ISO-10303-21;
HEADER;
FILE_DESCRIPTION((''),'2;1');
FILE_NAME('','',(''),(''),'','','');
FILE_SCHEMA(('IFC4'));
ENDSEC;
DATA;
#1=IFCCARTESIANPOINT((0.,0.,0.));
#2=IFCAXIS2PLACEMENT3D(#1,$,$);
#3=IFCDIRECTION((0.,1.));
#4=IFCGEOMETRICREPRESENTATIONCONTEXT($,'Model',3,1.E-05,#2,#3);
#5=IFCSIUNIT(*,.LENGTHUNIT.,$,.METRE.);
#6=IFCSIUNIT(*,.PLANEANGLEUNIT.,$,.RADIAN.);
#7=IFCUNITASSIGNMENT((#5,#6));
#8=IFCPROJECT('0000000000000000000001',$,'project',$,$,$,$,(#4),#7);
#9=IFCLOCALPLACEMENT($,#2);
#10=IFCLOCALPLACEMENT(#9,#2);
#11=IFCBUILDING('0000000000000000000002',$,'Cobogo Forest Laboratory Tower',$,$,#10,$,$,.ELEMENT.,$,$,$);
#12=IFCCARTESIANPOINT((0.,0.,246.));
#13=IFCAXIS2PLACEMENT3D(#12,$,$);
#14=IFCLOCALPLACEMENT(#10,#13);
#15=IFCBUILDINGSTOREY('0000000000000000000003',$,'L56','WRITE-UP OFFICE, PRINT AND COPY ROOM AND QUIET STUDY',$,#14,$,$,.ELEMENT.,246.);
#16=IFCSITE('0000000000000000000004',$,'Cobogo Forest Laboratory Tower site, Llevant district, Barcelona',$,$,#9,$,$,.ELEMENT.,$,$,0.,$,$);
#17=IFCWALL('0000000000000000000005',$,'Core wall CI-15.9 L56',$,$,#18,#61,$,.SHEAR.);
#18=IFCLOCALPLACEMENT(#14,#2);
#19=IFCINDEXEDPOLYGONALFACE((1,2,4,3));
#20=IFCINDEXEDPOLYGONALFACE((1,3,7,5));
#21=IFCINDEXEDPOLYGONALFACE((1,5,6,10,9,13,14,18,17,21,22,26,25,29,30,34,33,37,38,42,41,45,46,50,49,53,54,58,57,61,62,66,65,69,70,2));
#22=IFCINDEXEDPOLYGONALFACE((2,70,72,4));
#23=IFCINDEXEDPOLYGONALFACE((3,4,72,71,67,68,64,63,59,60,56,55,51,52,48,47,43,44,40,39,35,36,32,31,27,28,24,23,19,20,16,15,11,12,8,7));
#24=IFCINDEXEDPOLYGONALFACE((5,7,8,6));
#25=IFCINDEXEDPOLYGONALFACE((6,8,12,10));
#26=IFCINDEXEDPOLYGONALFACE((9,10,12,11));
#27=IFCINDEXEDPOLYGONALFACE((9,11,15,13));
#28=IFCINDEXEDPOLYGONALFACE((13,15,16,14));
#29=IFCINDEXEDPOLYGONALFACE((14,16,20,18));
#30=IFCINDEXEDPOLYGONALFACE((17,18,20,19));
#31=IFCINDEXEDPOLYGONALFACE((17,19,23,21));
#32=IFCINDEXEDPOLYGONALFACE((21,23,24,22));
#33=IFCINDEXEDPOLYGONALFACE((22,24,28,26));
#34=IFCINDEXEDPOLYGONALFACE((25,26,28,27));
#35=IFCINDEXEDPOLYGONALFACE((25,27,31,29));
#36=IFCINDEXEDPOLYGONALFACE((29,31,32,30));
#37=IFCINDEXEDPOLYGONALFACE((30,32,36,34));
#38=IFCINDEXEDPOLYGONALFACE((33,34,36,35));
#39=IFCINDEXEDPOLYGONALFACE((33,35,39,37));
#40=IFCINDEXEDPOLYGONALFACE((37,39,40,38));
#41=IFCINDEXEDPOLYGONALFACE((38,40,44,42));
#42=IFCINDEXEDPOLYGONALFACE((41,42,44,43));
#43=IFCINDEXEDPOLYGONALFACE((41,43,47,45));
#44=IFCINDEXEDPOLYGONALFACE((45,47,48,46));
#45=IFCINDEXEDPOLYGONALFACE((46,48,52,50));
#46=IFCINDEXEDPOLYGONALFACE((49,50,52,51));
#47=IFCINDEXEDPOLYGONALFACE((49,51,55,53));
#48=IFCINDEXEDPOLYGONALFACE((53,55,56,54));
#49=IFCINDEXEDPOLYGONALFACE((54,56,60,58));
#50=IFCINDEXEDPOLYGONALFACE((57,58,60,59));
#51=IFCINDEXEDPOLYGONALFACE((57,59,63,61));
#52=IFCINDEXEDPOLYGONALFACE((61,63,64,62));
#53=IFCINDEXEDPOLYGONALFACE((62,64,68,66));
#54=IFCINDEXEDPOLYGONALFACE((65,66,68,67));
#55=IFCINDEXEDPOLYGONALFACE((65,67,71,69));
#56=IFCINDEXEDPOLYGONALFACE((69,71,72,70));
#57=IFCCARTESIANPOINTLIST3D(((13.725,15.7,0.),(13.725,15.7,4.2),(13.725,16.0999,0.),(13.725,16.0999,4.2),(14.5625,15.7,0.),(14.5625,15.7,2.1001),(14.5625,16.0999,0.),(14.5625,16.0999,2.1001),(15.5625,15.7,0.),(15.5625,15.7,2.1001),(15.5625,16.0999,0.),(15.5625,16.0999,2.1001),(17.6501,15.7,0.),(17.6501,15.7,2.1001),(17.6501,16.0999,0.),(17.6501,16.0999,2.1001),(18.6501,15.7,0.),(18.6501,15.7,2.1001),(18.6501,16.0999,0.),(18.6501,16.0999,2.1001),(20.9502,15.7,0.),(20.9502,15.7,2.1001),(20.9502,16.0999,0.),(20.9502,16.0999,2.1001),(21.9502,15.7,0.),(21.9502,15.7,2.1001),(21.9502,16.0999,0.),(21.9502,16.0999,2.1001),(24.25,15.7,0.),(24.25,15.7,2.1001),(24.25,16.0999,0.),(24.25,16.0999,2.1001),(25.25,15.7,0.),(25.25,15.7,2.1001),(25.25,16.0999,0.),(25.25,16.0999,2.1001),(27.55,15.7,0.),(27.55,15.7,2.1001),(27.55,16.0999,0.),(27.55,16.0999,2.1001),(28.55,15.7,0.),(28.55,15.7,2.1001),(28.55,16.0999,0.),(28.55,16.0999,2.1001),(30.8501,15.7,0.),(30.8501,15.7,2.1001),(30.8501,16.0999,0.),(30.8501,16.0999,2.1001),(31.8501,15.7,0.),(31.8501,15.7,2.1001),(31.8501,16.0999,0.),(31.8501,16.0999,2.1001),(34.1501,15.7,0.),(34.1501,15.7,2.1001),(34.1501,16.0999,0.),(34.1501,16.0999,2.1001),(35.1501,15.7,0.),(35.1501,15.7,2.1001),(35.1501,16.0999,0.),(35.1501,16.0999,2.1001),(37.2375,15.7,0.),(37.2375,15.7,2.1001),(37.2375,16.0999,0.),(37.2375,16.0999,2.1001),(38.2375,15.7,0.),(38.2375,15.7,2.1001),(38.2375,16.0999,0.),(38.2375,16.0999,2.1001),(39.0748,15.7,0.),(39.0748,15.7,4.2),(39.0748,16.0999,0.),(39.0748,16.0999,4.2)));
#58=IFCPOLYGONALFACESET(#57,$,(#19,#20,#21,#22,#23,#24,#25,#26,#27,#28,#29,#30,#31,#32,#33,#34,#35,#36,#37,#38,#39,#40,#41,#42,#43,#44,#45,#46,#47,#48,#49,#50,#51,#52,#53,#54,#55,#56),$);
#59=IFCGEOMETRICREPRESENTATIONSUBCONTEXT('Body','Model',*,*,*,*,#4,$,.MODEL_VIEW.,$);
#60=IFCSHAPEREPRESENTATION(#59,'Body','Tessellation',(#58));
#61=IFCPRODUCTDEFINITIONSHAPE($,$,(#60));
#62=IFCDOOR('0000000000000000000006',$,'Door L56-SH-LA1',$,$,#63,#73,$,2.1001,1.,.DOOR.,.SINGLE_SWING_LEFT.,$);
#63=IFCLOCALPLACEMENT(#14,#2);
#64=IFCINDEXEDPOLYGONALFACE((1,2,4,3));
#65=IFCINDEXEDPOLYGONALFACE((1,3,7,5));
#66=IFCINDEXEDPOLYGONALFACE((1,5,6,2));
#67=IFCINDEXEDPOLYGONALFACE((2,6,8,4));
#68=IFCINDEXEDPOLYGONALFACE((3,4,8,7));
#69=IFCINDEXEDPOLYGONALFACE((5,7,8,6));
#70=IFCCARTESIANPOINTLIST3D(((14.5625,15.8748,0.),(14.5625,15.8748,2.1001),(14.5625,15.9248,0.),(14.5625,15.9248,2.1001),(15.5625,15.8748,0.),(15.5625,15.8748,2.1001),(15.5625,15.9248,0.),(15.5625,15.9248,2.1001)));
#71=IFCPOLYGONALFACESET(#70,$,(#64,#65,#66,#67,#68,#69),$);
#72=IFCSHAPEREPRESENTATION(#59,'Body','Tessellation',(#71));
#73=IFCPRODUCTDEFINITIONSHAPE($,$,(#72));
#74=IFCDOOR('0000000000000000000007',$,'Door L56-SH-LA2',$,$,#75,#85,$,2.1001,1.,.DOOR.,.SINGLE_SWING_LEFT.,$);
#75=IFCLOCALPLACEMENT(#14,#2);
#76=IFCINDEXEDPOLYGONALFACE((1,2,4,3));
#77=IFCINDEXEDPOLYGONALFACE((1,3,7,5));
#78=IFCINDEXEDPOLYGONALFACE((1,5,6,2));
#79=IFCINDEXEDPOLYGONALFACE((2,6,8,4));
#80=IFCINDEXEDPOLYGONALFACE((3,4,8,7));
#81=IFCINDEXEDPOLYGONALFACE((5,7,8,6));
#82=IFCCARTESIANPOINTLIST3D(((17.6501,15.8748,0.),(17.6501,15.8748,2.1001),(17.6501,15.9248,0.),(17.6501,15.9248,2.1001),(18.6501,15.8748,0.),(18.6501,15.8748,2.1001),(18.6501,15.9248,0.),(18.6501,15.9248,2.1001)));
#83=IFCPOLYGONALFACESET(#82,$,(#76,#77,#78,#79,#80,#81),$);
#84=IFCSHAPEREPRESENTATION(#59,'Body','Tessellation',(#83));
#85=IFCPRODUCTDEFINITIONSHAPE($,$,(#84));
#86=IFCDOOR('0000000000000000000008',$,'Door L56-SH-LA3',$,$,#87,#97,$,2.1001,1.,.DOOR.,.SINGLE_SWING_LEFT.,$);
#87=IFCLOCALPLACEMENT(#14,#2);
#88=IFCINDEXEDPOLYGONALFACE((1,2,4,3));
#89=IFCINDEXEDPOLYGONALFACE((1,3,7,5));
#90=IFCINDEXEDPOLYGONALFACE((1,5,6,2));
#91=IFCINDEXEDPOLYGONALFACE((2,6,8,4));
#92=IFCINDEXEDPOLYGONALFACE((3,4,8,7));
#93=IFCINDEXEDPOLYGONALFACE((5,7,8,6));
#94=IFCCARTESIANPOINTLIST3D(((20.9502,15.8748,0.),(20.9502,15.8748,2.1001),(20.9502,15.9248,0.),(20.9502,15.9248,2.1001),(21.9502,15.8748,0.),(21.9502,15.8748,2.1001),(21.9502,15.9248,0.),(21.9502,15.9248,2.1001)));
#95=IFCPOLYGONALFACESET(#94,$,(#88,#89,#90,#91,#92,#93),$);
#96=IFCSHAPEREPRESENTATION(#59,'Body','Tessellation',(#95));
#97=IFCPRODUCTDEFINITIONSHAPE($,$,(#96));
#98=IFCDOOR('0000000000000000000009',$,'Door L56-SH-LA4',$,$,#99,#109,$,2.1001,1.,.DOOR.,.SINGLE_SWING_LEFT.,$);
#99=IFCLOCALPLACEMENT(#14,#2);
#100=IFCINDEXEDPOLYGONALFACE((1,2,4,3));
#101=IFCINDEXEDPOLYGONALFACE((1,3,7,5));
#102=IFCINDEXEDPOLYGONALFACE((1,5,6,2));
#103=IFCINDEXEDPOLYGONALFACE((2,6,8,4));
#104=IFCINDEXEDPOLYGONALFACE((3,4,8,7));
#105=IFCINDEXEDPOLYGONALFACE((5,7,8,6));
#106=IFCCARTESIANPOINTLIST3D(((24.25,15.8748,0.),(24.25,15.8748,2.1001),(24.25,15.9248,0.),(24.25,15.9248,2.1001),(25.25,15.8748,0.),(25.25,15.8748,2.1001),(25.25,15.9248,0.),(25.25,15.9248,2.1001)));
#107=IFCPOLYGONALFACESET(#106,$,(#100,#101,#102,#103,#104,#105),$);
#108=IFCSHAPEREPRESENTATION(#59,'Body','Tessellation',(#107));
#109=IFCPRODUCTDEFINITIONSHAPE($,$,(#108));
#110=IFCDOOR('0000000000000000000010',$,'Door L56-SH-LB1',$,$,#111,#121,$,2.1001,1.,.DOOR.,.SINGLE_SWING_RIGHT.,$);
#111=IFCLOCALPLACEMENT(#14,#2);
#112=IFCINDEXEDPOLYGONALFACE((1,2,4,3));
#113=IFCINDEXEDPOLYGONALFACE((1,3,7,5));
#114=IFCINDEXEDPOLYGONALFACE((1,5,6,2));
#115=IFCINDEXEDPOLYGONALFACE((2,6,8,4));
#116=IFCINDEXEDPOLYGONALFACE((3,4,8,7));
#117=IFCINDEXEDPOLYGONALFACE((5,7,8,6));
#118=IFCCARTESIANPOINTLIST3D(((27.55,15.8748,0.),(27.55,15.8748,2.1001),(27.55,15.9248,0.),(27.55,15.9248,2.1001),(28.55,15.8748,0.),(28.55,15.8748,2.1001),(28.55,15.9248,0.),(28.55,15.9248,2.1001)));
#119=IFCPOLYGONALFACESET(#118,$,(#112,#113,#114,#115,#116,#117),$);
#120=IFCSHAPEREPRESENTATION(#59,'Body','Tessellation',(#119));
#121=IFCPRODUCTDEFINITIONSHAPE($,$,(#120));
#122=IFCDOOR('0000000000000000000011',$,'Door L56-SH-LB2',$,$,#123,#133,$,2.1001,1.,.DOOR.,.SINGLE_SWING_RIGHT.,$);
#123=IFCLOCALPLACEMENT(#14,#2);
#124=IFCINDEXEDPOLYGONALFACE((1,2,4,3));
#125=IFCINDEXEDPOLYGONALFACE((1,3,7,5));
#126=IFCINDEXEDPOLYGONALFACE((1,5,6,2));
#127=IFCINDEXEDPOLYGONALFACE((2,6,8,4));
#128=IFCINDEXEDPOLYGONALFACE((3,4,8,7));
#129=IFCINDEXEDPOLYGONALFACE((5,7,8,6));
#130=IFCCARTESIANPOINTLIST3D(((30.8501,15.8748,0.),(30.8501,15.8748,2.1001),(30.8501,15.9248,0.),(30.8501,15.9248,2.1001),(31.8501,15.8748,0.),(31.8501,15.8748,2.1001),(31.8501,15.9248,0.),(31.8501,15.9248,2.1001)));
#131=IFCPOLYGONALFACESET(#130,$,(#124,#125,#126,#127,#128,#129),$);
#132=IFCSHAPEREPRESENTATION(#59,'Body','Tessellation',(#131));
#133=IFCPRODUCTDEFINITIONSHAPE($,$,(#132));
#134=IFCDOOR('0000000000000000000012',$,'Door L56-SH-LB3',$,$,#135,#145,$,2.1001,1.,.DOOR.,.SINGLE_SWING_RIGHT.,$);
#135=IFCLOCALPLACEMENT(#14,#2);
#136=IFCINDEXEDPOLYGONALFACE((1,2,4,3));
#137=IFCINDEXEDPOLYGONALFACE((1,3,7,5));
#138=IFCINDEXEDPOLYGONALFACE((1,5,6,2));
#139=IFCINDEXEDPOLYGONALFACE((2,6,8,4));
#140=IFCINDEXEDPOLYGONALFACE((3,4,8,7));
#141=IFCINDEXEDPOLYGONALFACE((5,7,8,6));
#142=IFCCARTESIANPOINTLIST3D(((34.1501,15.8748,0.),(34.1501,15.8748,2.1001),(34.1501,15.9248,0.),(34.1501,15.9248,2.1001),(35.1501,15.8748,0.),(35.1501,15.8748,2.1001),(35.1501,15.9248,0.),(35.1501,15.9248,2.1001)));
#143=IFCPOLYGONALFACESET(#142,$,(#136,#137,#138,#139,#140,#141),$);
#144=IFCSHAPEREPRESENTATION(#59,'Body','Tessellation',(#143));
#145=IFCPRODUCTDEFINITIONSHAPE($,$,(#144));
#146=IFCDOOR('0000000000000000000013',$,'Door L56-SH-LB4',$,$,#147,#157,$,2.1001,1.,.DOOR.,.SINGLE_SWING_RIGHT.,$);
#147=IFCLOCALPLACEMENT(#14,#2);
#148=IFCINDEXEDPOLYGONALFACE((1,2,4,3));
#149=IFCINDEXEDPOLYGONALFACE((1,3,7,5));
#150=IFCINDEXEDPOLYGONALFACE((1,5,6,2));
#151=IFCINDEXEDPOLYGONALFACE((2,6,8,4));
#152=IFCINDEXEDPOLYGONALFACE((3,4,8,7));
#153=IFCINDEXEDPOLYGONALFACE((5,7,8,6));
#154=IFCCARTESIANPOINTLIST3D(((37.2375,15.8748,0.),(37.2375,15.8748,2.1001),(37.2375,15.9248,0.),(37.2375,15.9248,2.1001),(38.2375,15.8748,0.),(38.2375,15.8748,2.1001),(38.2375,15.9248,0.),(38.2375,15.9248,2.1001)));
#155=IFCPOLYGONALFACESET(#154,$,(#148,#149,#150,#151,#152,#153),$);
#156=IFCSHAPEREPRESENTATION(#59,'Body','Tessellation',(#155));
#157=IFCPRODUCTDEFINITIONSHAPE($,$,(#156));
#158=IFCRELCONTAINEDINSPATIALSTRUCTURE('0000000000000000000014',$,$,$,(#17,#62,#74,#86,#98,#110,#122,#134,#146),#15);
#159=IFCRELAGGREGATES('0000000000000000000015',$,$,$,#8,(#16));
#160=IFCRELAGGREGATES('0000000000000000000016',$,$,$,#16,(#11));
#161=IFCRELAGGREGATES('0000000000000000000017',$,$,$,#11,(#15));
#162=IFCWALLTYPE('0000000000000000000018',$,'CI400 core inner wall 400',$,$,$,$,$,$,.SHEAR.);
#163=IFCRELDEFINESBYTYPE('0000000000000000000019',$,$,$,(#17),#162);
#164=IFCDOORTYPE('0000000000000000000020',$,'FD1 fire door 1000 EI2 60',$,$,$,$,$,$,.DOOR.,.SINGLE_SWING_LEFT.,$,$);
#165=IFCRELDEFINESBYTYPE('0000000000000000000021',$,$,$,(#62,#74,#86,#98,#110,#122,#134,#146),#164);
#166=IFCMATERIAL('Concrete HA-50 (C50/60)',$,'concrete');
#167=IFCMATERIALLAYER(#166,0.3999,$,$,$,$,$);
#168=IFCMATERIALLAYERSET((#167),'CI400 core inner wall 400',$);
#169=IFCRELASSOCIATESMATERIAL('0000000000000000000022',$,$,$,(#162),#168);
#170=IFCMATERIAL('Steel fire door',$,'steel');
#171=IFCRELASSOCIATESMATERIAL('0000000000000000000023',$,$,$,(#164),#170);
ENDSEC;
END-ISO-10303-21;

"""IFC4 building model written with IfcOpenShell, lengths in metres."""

from ifc_helpers import new_model, si_unit, direction, frame, frame_2d, origin, place, context, subcontext, project, spatial, rectangle, extrude, material, layer, layer_set, type_object, element, fill, save


model = new_model("IFC4")

# Units and contexts
model_context = context("Model", 3, precision=1e-05, world=origin(), true_north=direction((0.0, 1.0)))
body_context = subcontext(model_context, "Body", "Model", "MODEL_VIEW")
ifc_project = project(units=[si_unit("LENGTHUNIT", "METRE"), si_unit("PLANEANGLEUNIT", "RADIAN")], contexts=[model_context])

# Site, building, storey
site_placement = place(None, origin())
site = spatial("IfcSite", under=ifc_project, at=site_placement, Name="Cobogo Forest Laboratory Tower site, Llevant district, Barcelona", CompositionType="ELEMENT", RefElevation=0.0)
building_placement = place(site_placement, origin())
building = spatial("IfcBuilding", under=site, at=building_placement, Name="Cobogo Forest Laboratory Tower", CompositionType="ELEMENT")
storey_placement = place(building_placement, frame((0.0, 0.0, 246.0)))
storey = spatial("IfcBuildingStorey", under=building, at=storey_placement, Name="L56", Description="WRITE-UP OFFICE, PRINT AND COPY ROOM AND QUIET STUDY", CompositionType="ELEMENT", Elevation=246.0)

# Wall, openings, doors
ifc_material_1 = material(Name="Concrete HA-50 (C50/60)", Category="concrete")
ifc_layer_1 = layer(ifc_material_1, 0.3999)
ifc_layer_set_1 = layer_set([ifc_layer_1], Name="CI400 core inner wall 400")
wall_type_1 = type_object("IfcWallType", Name="CI400 core inner wall 400", PredefinedType="SHEAR", material=ifc_layer_set_1)
wall_1_placement = place(storey_placement, frame((13.7251, 15.8999, 0.0), z_axis=(0.0, 0.0, 1.0), x_axis=(1.0, 0.0, 0.0)))
wall_1 = element("IfcWall", 1, at=wall_1_placement, inside=storey, type_object=wall_type_1, Name="Core wall CI-15.9 L56", PredefinedType="SHEAR", context=body_context, shape_type="SweptSolid", body=[
    extrude(rectangle(XDim=25.3499, YDim=0.3999, at=frame_2d((12.6748, 0.0))), origin(), (0.0, 0.0, 1.0), 4.2),
])
opening_1_placement = place(wall_1_placement, frame((0.8374, 0.0, 0.0)))
opening_1 = element("IfcOpeningElement", 2, at=opening_1_placement, cuts=wall_1, PredefinedType="OPENING", context=body_context, shape_type="SweptSolid", body=[
    extrude(rectangle(XDim=1.0, YDim=2.1001, at=frame_2d((0.5, 1.05))), frame((0.0, 0.21, 0.0), z_axis=(0.0, -1.0, 0.0), x_axis=(1.0, 0.0, 0.0)), (0.0, 0.0, 1.0), 0.4199),
])
opening_2_placement = place(wall_1_placement, frame((3.925, 0.0, 0.0)))
opening_2 = element("IfcOpeningElement", 3, at=opening_2_placement, cuts=wall_1, PredefinedType="OPENING", context=body_context, shape_type="SweptSolid", body=[
    extrude(rectangle(XDim=1.0, YDim=2.1001, at=frame_2d((0.5, 1.05))), frame((0.0, 0.21, 0.0), z_axis=(0.0, -1.0, 0.0), x_axis=(1.0, 0.0, 0.0)), (0.0, 0.0, 1.0), 0.4199),
])
opening_3_placement = place(wall_1_placement, frame((7.2251, 0.0, 0.0)))
opening_3 = element("IfcOpeningElement", 4, at=opening_3_placement, cuts=wall_1, PredefinedType="OPENING", context=body_context, shape_type="SweptSolid", body=[
    extrude(rectangle(XDim=1.0, YDim=2.1001, at=frame_2d((0.5, 1.05))), frame((0.0, 0.21, 0.0), z_axis=(0.0, -1.0, 0.0), x_axis=(1.0, 0.0, 0.0)), (0.0, 0.0, 1.0), 0.4199),
])
opening_4_placement = place(wall_1_placement, frame((10.5249, 0.0, 0.0)))
opening_4 = element("IfcOpeningElement", 5, at=opening_4_placement, cuts=wall_1, PredefinedType="OPENING", context=body_context, shape_type="SweptSolid", body=[
    extrude(rectangle(XDim=1.0, YDim=2.1001, at=frame_2d((0.5, 1.05))), frame((0.0, 0.21, 0.0), z_axis=(0.0, -1.0, 0.0), x_axis=(1.0, 0.0, 0.0)), (0.0, 0.0, 1.0), 0.4199),
])
opening_5_placement = place(wall_1_placement, frame((13.825, 0.0, 0.0)))
opening_5 = element("IfcOpeningElement", 6, at=opening_5_placement, cuts=wall_1, PredefinedType="OPENING", context=body_context, shape_type="SweptSolid", body=[
    extrude(rectangle(XDim=1.0, YDim=2.1001, at=frame_2d((0.5, 1.05))), frame((0.0, 0.21, 0.0), z_axis=(0.0, -1.0, 0.0), x_axis=(1.0, 0.0, 0.0)), (0.0, 0.0, 1.0), 0.4199),
])
opening_6_placement = place(wall_1_placement, frame((17.125, 0.0, 0.0)))
opening_6 = element("IfcOpeningElement", 7, at=opening_6_placement, cuts=wall_1, PredefinedType="OPENING", context=body_context, shape_type="SweptSolid", body=[
    extrude(rectangle(XDim=1.0, YDim=2.1001, at=frame_2d((0.5, 1.05))), frame((0.0, 0.21, 0.0), z_axis=(0.0, -1.0, 0.0), x_axis=(1.0, 0.0, 0.0)), (0.0, 0.0, 1.0), 0.4199),
])
opening_7_placement = place(wall_1_placement, frame((20.425, 0.0, 0.0)))
opening_7 = element("IfcOpeningElement", 8, at=opening_7_placement, cuts=wall_1, PredefinedType="OPENING", context=body_context, shape_type="SweptSolid", body=[
    extrude(rectangle(XDim=1.0, YDim=2.1001, at=frame_2d((0.5, 1.05))), frame((0.0, 0.21, 0.0), z_axis=(0.0, -1.0, 0.0), x_axis=(1.0, 0.0, 0.0)), (0.0, 0.0, 1.0), 0.4199),
])
opening_8_placement = place(wall_1_placement, frame((23.5125, 0.0, 0.0)))
opening_8 = element("IfcOpeningElement", 9, at=opening_8_placement, cuts=wall_1, PredefinedType="OPENING", context=body_context, shape_type="SweptSolid", body=[
    extrude(rectangle(XDim=1.0, YDim=2.1001, at=frame_2d((0.5, 1.05))), frame((0.0, 0.21, 0.0), z_axis=(0.0, -1.0, 0.0), x_axis=(1.0, 0.0, 0.0)), (0.0, 0.0, 1.0), 0.4199),
])
ifc_material_2 = material(Name="Steel fire door", Category="steel")
door_type_1 = type_object("IfcDoorType", Name="FD1 fire door 1000 EI2 60", OperationType="SINGLE_SWING_LEFT", PredefinedType="DOOR", material=ifc_material_2)
door_1_placement = place(opening_1_placement, origin())
door_1 = element("IfcDoor", 10, at=door_1_placement, inside=storey, type_object=door_type_1, Name="Door L56-SH-LA1", OperationType="SINGLE_SWING_LEFT", OverallHeight=2.1001, OverallWidth=1.0, PredefinedType="DOOR", context=body_context, shape_type="SweptSolid", body=[
    extrude(rectangle(XDim=1.0, YDim=2.1001, at=frame_2d((0.5, 1.05))), frame((0.0, 0.0249, 0.0), z_axis=(0.0, -1.0, 0.0), x_axis=(1.0, 0.0, 0.0)), (0.0, 0.0, 1.0), 0.05),
])
fill(opening_1, door_1)
door_2_placement = place(opening_2_placement, origin())
door_2 = element("IfcDoor", 11, at=door_2_placement, inside=storey, type_object=door_type_1, Name="Door L56-SH-LA2", OperationType="SINGLE_SWING_LEFT", OverallHeight=2.1001, OverallWidth=1.0, PredefinedType="DOOR", context=body_context, shape_type="SweptSolid", body=[
    extrude(rectangle(XDim=1.0, YDim=2.1001, at=frame_2d((0.5, 1.05))), frame((0.0, 0.0249, 0.0), z_axis=(0.0, -1.0, 0.0), x_axis=(1.0, 0.0, 0.0)), (0.0, 0.0, 1.0), 0.05),
])
fill(opening_2, door_2)
door_3_placement = place(opening_3_placement, origin())
door_3 = element("IfcDoor", 12, at=door_3_placement, inside=storey, type_object=door_type_1, Name="Door L56-SH-LA3", OperationType="SINGLE_SWING_LEFT", OverallHeight=2.1001, OverallWidth=1.0, PredefinedType="DOOR", context=body_context, shape_type="SweptSolid", body=[
    extrude(rectangle(XDim=1.0, YDim=2.1001, at=frame_2d((0.5, 1.05))), frame((0.0, 0.0249, 0.0), z_axis=(0.0, -1.0, 0.0), x_axis=(1.0, 0.0, 0.0)), (0.0, 0.0, 1.0), 0.05),
])
fill(opening_3, door_3)
door_4_placement = place(opening_4_placement, origin())
door_4 = element("IfcDoor", 13, at=door_4_placement, inside=storey, type_object=door_type_1, Name="Door L56-SH-LA4", OperationType="SINGLE_SWING_LEFT", OverallHeight=2.1001, OverallWidth=1.0, PredefinedType="DOOR", context=body_context, shape_type="SweptSolid", body=[
    extrude(rectangle(XDim=1.0, YDim=2.1001, at=frame_2d((0.5, 1.05))), frame((0.0, 0.0249, 0.0), z_axis=(0.0, -1.0, 0.0), x_axis=(1.0, 0.0, 0.0)), (0.0, 0.0, 1.0), 0.05),
])
fill(opening_4, door_4)
door_5_placement = place(opening_5_placement, origin())
door_5 = element("IfcDoor", 14, at=door_5_placement, inside=storey, type_object=door_type_1, Name="Door L56-SH-LB1", OperationType="SINGLE_SWING_RIGHT", OverallHeight=2.1001, OverallWidth=1.0, PredefinedType="DOOR", context=body_context, shape_type="SweptSolid", body=[
    extrude(rectangle(XDim=1.0, YDim=2.1001, at=frame_2d((0.5, 1.05))), frame((0.0, 0.0249, 0.0), z_axis=(0.0, -1.0, 0.0), x_axis=(1.0, 0.0, 0.0)), (0.0, 0.0, 1.0), 0.05),
])
fill(opening_5, door_5)
door_6_placement = place(opening_6_placement, origin())
door_6 = element("IfcDoor", 15, at=door_6_placement, inside=storey, type_object=door_type_1, Name="Door L56-SH-LB2", OperationType="SINGLE_SWING_RIGHT", OverallHeight=2.1001, OverallWidth=1.0, PredefinedType="DOOR", context=body_context, shape_type="SweptSolid", body=[
    extrude(rectangle(XDim=1.0, YDim=2.1001, at=frame_2d((0.5, 1.05))), frame((0.0, 0.0249, 0.0), z_axis=(0.0, -1.0, 0.0), x_axis=(1.0, 0.0, 0.0)), (0.0, 0.0, 1.0), 0.05),
])
fill(opening_6, door_6)
door_7_placement = place(opening_7_placement, origin())
door_7 = element("IfcDoor", 16, at=door_7_placement, inside=storey, type_object=door_type_1, Name="Door L56-SH-LB3", OperationType="SINGLE_SWING_RIGHT", OverallHeight=2.1001, OverallWidth=1.0, PredefinedType="DOOR", context=body_context, shape_type="SweptSolid", body=[
    extrude(rectangle(XDim=1.0, YDim=2.1001, at=frame_2d((0.5, 1.05))), frame((0.0, 0.0249, 0.0), z_axis=(0.0, -1.0, 0.0), x_axis=(1.0, 0.0, 0.0)), (0.0, 0.0, 1.0), 0.05),
])
fill(opening_7, door_7)
door_8_placement = place(opening_8_placement, origin())
door_8 = element("IfcDoor", 17, at=door_8_placement, inside=storey, type_object=door_type_1, Name="Door L56-SH-LB4", OperationType="SINGLE_SWING_RIGHT", OverallHeight=2.1001, OverallWidth=1.0, PredefinedType="DOOR", context=body_context, shape_type="SweptSolid", body=[
    extrude(rectangle(XDim=1.0, YDim=2.1001, at=frame_2d((0.5, 1.05))), frame((0.0, 0.0249, 0.0), z_axis=(0.0, -1.0, 0.0), x_axis=(1.0, 0.0, 0.0)), (0.0, 0.0, 1.0), 0.05),
])
fill(opening_8, door_8)

save(model, "model.ifc")
